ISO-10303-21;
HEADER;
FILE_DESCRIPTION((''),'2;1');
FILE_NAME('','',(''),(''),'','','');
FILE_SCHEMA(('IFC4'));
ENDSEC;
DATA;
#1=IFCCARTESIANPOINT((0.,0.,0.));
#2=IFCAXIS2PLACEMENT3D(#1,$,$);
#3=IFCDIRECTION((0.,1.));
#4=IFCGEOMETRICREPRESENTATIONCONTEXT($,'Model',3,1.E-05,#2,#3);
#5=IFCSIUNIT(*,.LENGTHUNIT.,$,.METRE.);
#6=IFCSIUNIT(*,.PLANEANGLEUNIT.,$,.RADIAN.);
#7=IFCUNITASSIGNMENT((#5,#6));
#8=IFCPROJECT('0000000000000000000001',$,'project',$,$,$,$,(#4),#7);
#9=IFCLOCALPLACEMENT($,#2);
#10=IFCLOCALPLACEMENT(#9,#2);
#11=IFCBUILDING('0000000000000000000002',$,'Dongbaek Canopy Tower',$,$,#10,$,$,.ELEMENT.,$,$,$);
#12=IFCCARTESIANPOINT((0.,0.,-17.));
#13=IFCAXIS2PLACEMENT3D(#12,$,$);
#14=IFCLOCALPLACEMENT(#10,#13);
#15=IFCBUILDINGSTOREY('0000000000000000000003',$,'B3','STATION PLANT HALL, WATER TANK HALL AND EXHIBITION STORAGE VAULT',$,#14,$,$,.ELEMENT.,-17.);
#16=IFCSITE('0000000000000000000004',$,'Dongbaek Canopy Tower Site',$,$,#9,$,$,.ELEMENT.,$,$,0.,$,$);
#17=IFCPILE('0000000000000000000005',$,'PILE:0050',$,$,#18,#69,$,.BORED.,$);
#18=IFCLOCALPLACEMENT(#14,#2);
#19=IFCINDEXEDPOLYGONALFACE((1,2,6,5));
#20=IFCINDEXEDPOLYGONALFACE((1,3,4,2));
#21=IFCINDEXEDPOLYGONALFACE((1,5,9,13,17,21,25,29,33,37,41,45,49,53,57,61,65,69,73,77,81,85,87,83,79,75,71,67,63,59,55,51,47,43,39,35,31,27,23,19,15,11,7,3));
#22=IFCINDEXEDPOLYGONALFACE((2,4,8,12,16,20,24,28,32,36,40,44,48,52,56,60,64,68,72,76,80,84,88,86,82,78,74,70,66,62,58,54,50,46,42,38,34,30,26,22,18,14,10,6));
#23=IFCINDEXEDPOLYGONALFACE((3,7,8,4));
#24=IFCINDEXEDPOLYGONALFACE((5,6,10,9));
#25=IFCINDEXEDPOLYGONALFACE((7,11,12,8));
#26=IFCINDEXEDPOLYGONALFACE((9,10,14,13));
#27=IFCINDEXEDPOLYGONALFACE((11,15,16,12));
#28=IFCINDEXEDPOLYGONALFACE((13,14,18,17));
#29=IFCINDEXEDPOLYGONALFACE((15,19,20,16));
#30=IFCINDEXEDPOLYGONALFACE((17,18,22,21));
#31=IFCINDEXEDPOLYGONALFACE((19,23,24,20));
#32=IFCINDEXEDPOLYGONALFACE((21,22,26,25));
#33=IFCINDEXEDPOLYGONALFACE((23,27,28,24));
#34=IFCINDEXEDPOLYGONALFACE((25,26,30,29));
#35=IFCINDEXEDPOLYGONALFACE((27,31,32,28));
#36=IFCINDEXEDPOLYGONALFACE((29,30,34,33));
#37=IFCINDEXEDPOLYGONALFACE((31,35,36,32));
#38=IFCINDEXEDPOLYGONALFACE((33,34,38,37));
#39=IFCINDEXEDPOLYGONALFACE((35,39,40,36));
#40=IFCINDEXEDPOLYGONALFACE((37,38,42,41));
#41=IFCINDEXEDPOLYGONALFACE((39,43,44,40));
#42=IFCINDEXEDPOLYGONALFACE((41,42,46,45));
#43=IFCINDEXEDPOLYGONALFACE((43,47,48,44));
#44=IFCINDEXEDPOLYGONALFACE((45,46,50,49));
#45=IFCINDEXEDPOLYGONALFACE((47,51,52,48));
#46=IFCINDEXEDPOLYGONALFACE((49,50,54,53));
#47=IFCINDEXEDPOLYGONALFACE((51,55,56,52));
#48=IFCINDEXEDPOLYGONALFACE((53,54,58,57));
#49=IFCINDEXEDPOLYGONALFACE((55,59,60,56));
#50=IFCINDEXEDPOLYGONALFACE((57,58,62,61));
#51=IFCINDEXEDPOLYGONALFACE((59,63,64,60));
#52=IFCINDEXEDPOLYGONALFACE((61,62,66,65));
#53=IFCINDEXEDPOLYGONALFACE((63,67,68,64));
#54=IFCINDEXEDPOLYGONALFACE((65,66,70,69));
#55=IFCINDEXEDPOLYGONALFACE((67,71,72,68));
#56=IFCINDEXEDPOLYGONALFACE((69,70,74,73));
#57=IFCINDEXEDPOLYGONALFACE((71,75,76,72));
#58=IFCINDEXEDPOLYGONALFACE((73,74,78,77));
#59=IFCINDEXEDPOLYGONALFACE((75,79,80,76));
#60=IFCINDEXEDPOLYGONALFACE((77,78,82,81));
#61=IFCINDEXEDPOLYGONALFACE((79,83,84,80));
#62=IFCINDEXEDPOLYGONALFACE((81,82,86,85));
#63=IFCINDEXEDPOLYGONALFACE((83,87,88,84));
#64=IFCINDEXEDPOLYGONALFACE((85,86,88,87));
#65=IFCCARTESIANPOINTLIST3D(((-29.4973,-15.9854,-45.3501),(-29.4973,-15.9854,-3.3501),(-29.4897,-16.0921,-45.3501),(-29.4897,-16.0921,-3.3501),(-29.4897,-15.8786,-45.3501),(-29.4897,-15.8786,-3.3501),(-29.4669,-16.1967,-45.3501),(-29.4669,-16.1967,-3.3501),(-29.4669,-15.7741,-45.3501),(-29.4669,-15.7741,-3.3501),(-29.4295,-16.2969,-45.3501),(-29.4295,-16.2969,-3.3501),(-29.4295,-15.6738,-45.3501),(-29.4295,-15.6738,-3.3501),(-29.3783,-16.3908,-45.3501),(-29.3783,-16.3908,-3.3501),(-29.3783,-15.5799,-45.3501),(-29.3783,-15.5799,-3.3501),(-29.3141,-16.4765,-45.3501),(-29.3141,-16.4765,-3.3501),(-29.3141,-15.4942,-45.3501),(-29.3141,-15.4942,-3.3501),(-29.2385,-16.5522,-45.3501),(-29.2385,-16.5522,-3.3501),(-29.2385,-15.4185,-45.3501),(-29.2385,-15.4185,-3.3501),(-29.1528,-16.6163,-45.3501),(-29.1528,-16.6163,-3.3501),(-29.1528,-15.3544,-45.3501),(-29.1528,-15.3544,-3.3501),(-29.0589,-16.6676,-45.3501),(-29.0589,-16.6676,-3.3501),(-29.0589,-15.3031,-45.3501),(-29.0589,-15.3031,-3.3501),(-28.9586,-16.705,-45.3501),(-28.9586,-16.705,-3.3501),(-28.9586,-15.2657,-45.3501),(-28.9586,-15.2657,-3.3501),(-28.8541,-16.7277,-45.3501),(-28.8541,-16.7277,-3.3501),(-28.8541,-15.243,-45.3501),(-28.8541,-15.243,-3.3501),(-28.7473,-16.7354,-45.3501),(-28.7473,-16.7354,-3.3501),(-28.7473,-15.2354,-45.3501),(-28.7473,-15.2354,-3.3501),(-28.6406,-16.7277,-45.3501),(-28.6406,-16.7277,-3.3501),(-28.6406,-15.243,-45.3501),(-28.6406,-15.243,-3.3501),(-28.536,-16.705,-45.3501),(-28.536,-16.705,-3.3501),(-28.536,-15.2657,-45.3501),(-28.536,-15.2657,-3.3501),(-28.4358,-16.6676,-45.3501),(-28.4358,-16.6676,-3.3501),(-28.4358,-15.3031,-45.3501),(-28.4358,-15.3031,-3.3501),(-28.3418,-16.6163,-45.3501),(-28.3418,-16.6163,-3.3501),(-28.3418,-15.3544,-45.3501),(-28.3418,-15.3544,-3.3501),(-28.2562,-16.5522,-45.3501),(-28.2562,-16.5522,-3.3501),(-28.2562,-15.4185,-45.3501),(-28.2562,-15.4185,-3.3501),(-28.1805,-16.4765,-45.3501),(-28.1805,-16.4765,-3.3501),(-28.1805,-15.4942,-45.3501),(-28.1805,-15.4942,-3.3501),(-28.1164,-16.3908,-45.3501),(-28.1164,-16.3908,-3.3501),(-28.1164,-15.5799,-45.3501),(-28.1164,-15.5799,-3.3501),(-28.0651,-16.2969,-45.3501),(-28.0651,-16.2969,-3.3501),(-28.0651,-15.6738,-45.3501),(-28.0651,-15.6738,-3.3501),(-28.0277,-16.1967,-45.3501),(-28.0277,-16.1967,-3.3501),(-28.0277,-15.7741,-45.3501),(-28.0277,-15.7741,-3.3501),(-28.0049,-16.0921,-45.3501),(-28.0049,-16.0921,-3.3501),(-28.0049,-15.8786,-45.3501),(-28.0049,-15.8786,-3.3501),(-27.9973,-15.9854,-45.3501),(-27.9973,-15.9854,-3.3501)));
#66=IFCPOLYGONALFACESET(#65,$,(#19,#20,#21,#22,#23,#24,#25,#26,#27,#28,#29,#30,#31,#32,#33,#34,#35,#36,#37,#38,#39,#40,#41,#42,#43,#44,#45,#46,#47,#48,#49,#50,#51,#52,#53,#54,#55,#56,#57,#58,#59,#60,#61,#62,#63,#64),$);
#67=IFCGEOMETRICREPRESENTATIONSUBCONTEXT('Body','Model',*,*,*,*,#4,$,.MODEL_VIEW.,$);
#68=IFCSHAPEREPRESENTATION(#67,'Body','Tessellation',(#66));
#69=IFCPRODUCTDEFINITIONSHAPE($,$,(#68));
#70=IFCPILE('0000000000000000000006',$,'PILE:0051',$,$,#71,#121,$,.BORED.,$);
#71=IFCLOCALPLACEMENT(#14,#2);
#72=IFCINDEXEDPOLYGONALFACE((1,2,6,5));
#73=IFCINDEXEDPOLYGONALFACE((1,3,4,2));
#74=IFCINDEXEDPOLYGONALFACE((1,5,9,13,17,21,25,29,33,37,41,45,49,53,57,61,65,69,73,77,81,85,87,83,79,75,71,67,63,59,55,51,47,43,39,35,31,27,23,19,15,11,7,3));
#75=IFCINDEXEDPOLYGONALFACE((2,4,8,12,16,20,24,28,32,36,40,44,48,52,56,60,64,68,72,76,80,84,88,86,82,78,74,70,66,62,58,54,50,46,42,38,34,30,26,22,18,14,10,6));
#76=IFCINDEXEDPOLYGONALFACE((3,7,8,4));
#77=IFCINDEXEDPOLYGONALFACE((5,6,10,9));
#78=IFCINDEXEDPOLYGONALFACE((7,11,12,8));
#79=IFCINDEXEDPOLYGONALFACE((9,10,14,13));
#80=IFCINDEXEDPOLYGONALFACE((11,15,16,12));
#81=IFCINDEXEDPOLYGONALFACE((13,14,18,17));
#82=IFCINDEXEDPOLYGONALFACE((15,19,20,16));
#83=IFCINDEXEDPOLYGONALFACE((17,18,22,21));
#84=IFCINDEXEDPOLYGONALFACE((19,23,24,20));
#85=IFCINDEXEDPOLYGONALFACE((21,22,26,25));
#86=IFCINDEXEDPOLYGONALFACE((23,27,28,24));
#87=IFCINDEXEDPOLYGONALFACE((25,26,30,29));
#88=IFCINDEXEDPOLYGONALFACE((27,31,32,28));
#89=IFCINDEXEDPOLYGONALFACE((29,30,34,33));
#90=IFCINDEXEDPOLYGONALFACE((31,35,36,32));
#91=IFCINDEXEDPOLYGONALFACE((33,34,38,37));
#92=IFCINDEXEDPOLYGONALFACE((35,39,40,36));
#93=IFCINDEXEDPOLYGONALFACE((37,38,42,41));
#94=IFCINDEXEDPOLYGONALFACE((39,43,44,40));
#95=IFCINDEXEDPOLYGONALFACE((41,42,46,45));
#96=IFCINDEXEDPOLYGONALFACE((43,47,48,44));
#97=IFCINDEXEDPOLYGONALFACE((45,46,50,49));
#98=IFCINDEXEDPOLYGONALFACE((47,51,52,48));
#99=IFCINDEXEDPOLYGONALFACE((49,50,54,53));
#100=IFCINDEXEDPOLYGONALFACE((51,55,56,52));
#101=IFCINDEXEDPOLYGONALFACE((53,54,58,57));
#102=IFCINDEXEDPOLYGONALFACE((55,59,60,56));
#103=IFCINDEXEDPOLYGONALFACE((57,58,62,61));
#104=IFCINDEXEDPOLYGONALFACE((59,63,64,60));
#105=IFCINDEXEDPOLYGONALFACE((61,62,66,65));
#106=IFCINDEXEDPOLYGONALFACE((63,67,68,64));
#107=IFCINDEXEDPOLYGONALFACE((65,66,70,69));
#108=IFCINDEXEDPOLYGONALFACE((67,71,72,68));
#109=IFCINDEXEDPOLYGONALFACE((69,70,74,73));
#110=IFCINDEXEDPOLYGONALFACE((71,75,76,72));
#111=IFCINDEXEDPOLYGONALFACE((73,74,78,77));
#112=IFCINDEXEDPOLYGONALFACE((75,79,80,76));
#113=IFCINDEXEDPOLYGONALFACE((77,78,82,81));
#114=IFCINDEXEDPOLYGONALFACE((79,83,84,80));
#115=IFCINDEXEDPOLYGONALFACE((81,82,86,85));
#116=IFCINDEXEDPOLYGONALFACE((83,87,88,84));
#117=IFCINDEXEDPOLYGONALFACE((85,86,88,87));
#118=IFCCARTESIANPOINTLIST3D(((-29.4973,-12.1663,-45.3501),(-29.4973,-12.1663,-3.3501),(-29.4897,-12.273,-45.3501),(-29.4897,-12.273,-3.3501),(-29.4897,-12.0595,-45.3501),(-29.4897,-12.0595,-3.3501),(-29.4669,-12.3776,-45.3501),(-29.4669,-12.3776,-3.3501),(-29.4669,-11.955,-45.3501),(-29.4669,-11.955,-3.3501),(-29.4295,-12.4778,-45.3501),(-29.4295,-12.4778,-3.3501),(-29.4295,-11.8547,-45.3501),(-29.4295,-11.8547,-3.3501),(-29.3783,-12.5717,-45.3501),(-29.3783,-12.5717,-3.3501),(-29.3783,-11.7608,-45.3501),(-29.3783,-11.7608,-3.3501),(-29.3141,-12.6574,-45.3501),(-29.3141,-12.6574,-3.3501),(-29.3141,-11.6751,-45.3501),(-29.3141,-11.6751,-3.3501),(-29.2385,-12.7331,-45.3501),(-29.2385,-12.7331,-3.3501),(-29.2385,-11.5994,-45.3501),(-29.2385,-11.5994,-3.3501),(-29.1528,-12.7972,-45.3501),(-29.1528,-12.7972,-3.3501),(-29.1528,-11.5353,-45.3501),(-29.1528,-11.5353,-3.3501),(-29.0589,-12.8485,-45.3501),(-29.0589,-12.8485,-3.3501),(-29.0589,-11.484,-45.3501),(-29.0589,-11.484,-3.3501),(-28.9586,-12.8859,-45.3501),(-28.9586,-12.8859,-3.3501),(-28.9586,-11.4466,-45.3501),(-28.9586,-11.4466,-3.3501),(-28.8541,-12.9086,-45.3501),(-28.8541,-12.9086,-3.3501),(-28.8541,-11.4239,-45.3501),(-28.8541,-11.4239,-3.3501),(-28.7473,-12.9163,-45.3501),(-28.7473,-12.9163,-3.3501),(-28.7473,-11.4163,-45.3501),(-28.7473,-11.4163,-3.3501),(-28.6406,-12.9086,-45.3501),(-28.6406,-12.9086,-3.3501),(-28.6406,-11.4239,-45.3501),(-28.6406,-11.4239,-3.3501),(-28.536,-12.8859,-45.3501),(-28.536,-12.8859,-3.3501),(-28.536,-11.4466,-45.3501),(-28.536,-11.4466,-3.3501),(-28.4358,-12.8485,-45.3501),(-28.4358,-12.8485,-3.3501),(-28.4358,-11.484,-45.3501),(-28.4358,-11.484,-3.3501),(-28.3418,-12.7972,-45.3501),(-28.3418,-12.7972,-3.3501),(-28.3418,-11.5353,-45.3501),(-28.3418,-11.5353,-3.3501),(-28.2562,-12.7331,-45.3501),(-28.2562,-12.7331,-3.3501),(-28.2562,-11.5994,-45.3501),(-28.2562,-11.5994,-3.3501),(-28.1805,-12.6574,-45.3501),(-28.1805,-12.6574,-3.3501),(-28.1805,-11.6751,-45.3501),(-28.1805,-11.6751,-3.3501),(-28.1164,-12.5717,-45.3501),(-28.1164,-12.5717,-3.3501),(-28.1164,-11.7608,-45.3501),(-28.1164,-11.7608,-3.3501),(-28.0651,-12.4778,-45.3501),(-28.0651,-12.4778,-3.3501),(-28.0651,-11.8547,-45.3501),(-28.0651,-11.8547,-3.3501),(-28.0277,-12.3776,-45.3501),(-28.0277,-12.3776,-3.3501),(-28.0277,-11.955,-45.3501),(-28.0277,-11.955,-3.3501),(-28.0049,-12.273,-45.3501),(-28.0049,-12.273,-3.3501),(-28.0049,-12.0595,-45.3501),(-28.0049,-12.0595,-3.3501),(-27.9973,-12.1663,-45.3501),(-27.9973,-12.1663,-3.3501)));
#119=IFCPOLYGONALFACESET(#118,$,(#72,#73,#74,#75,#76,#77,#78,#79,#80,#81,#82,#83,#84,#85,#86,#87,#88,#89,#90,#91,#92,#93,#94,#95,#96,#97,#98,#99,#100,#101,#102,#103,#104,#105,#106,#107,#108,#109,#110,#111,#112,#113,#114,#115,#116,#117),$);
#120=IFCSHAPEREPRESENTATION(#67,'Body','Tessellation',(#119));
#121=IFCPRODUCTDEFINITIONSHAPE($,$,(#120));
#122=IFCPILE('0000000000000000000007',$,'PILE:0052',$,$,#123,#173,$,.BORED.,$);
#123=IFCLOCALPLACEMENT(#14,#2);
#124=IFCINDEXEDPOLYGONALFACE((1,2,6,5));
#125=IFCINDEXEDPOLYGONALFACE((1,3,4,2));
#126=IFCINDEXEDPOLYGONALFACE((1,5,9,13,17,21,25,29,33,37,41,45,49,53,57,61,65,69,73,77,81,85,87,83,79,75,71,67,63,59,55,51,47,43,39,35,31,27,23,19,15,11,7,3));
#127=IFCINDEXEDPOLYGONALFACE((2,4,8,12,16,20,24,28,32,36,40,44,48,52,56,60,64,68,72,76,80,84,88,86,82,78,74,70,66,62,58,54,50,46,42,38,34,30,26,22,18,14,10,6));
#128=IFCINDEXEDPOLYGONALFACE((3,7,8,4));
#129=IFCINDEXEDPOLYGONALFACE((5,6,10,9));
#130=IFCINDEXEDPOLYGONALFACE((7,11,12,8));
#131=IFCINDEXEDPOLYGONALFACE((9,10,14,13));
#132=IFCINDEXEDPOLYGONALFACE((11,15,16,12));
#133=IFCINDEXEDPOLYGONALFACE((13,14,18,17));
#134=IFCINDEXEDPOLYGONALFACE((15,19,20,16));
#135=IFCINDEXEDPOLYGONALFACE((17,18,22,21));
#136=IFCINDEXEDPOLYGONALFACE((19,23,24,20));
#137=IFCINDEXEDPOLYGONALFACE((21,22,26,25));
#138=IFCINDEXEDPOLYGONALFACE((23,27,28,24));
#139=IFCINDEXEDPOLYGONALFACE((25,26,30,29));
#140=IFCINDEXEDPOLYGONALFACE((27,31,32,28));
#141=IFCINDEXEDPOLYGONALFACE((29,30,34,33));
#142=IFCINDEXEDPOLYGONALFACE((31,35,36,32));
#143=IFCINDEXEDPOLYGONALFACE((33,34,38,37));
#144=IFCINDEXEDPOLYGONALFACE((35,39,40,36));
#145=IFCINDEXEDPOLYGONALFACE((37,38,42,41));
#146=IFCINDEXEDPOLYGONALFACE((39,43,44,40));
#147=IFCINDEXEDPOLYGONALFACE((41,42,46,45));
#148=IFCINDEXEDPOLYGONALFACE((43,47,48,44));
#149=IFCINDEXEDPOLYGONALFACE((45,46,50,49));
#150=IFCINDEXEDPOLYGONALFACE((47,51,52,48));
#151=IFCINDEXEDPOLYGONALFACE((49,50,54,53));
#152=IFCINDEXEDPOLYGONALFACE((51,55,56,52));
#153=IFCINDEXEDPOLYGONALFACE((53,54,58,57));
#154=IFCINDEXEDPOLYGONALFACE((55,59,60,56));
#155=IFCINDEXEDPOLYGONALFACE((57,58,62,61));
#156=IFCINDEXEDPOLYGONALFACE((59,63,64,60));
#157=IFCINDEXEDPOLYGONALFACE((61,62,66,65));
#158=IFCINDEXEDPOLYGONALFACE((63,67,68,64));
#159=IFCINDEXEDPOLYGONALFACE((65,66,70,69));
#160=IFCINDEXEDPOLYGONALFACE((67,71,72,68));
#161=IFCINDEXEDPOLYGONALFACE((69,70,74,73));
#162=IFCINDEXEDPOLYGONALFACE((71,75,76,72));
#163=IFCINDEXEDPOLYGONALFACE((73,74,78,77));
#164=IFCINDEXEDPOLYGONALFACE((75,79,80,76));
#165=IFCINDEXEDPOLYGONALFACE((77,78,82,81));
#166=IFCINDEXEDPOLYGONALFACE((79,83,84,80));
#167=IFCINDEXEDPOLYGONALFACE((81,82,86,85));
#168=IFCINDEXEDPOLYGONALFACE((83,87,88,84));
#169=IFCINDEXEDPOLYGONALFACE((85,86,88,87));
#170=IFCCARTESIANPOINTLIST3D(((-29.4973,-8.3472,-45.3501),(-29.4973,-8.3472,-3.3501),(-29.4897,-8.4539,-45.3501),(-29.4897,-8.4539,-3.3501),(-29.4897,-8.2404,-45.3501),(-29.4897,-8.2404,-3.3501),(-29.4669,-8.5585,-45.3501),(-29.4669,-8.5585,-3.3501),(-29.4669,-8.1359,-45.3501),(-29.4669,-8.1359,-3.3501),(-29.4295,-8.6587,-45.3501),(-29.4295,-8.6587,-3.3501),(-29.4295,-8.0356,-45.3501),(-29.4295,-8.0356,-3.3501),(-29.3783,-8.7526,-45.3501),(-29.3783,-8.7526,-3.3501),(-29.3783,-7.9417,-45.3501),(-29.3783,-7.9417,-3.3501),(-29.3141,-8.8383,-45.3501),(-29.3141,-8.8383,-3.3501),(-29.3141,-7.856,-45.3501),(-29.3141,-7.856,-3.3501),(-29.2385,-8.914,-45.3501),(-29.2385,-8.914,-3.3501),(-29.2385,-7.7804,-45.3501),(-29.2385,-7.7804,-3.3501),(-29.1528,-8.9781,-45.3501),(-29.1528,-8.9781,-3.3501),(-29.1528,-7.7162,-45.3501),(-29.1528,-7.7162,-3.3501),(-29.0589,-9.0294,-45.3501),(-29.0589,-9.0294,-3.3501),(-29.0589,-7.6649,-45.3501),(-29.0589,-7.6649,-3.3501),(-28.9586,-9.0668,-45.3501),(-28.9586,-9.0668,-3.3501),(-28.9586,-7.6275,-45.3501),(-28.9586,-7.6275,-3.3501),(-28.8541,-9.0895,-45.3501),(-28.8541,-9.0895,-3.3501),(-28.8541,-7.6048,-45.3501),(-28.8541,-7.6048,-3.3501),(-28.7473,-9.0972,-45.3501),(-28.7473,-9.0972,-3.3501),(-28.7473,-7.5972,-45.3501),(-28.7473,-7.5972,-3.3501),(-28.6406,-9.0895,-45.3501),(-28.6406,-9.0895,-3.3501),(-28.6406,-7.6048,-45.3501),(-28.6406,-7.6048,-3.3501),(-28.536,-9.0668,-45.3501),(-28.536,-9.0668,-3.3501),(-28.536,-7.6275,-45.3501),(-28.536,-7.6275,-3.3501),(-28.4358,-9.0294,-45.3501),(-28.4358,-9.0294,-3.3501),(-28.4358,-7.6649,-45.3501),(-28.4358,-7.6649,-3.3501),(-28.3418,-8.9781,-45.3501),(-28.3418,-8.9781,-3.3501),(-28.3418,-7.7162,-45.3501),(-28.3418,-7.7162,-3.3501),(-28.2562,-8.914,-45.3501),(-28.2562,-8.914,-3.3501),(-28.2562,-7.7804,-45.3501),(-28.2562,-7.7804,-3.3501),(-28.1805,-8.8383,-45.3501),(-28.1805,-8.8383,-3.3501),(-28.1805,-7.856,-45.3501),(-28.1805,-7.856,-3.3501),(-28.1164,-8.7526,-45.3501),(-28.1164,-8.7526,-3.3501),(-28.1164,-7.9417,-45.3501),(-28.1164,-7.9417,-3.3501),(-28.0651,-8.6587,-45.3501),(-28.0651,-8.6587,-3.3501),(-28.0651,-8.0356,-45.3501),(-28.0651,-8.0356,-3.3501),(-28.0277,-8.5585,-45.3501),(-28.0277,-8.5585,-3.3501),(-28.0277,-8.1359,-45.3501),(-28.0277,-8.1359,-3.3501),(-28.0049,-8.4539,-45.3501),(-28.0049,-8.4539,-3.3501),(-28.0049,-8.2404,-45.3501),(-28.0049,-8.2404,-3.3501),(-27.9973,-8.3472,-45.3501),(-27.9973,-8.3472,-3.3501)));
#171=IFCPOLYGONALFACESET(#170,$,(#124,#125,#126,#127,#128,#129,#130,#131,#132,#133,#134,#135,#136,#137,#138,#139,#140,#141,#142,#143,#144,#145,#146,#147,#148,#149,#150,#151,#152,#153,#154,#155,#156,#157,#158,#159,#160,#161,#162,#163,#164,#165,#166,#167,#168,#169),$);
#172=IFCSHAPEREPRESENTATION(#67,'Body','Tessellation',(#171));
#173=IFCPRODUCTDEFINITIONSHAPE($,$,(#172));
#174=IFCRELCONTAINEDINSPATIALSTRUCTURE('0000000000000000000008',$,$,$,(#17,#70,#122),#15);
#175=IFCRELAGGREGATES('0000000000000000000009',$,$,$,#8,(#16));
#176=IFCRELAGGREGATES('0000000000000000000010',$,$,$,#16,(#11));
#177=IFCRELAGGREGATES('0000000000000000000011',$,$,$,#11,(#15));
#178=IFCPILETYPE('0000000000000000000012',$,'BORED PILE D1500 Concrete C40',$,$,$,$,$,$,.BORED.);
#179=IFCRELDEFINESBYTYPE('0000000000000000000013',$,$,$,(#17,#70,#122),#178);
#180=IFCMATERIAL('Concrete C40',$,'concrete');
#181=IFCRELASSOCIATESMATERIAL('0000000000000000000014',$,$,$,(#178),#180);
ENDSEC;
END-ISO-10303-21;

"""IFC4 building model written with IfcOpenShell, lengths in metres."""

from ifc_helpers import new_model, si_unit, direction, frame, origin, origin_2d, place, context, subcontext, project, spatial, circle, extrude, material, material_profile, profile_set, type_object, element, save


model = new_model("IFC4")

# Units and contexts
model_context = context("Model", 3, precision=1e-05, world=origin(), true_north=direction((0.0, 1.0)))
body_context = subcontext(model_context, "Body", "Model", "MODEL_VIEW")
ifc_project = project(units=[si_unit("LENGTHUNIT", "METRE"), si_unit("PLANEANGLEUNIT", "RADIAN")], contexts=[model_context])

# Site, building, storey
site_placement = place(None, origin())
site = spatial("IfcSite", under=ifc_project, at=site_placement, Name="Dongbaek Canopy Tower Site", CompositionType="ELEMENT", RefElevation=0.0)
building_placement = place(site_placement, origin())
building = spatial("IfcBuilding", under=site, at=building_placement, Name="Dongbaek Canopy Tower", CompositionType="ELEMENT")
storey_placement = place(building_placement, frame((0.0, 0.0, -17.0)))
storey = spatial("IfcBuildingStorey", under=building, at=storey_placement, Name="B3", Description="STATION PLANT HALL, WATER TANK HALL AND EXHIBITION STORAGE VAULT", CompositionType="ELEMENT", Elevation=-17.0)

# Piles
ifc_material_1 = material(Name="Concrete C40", Category="concrete")
ifc_material_profile_1 = material_profile(ifc_material_1, circle(Radius=0.75, at=origin_2d()), Name="BORED PILE D1500 Concrete C40")
ifc_profile_set_1 = profile_set([ifc_material_profile_1], Name="Concrete C40")
pile_type = type_object("IfcPileType", Name="BORED PILE D1500 Concrete C40", PredefinedType="BORED", material=ifc_profile_set_1)
for number, where, z_axis, x_axis, name in (
    (1, (-28.7473, -15.9854, -3.3501), (0.0, 0.0, -1.0), (1.0, 0.0, 0.0), "PILE:0050"),
    (2, (-28.7473, -12.1663, -3.3501), (0.0, 0.0, -1.0), (1.0, 0.0, 0.0), "PILE:0051"),
    (3, (-28.7473, -8.3472, -3.3501), (0.0, 0.0, -1.0), (1.0, 0.0, 0.0), "PILE:0052"),
):
    element("IfcPile", number, at=place(storey_placement, frame(where, z_axis=z_axis, x_axis=x_axis)), inside=storey, type_object=pile_type, Name=name, PredefinedType="BORED", context=body_context, shape_type="SweptSolid", body=[
        extrude(circle(Radius=0.75, at=origin_2d()), origin(), (0.0, 0.0, 1.0), 42.0),
    ])

save(model, "model.ifc")
